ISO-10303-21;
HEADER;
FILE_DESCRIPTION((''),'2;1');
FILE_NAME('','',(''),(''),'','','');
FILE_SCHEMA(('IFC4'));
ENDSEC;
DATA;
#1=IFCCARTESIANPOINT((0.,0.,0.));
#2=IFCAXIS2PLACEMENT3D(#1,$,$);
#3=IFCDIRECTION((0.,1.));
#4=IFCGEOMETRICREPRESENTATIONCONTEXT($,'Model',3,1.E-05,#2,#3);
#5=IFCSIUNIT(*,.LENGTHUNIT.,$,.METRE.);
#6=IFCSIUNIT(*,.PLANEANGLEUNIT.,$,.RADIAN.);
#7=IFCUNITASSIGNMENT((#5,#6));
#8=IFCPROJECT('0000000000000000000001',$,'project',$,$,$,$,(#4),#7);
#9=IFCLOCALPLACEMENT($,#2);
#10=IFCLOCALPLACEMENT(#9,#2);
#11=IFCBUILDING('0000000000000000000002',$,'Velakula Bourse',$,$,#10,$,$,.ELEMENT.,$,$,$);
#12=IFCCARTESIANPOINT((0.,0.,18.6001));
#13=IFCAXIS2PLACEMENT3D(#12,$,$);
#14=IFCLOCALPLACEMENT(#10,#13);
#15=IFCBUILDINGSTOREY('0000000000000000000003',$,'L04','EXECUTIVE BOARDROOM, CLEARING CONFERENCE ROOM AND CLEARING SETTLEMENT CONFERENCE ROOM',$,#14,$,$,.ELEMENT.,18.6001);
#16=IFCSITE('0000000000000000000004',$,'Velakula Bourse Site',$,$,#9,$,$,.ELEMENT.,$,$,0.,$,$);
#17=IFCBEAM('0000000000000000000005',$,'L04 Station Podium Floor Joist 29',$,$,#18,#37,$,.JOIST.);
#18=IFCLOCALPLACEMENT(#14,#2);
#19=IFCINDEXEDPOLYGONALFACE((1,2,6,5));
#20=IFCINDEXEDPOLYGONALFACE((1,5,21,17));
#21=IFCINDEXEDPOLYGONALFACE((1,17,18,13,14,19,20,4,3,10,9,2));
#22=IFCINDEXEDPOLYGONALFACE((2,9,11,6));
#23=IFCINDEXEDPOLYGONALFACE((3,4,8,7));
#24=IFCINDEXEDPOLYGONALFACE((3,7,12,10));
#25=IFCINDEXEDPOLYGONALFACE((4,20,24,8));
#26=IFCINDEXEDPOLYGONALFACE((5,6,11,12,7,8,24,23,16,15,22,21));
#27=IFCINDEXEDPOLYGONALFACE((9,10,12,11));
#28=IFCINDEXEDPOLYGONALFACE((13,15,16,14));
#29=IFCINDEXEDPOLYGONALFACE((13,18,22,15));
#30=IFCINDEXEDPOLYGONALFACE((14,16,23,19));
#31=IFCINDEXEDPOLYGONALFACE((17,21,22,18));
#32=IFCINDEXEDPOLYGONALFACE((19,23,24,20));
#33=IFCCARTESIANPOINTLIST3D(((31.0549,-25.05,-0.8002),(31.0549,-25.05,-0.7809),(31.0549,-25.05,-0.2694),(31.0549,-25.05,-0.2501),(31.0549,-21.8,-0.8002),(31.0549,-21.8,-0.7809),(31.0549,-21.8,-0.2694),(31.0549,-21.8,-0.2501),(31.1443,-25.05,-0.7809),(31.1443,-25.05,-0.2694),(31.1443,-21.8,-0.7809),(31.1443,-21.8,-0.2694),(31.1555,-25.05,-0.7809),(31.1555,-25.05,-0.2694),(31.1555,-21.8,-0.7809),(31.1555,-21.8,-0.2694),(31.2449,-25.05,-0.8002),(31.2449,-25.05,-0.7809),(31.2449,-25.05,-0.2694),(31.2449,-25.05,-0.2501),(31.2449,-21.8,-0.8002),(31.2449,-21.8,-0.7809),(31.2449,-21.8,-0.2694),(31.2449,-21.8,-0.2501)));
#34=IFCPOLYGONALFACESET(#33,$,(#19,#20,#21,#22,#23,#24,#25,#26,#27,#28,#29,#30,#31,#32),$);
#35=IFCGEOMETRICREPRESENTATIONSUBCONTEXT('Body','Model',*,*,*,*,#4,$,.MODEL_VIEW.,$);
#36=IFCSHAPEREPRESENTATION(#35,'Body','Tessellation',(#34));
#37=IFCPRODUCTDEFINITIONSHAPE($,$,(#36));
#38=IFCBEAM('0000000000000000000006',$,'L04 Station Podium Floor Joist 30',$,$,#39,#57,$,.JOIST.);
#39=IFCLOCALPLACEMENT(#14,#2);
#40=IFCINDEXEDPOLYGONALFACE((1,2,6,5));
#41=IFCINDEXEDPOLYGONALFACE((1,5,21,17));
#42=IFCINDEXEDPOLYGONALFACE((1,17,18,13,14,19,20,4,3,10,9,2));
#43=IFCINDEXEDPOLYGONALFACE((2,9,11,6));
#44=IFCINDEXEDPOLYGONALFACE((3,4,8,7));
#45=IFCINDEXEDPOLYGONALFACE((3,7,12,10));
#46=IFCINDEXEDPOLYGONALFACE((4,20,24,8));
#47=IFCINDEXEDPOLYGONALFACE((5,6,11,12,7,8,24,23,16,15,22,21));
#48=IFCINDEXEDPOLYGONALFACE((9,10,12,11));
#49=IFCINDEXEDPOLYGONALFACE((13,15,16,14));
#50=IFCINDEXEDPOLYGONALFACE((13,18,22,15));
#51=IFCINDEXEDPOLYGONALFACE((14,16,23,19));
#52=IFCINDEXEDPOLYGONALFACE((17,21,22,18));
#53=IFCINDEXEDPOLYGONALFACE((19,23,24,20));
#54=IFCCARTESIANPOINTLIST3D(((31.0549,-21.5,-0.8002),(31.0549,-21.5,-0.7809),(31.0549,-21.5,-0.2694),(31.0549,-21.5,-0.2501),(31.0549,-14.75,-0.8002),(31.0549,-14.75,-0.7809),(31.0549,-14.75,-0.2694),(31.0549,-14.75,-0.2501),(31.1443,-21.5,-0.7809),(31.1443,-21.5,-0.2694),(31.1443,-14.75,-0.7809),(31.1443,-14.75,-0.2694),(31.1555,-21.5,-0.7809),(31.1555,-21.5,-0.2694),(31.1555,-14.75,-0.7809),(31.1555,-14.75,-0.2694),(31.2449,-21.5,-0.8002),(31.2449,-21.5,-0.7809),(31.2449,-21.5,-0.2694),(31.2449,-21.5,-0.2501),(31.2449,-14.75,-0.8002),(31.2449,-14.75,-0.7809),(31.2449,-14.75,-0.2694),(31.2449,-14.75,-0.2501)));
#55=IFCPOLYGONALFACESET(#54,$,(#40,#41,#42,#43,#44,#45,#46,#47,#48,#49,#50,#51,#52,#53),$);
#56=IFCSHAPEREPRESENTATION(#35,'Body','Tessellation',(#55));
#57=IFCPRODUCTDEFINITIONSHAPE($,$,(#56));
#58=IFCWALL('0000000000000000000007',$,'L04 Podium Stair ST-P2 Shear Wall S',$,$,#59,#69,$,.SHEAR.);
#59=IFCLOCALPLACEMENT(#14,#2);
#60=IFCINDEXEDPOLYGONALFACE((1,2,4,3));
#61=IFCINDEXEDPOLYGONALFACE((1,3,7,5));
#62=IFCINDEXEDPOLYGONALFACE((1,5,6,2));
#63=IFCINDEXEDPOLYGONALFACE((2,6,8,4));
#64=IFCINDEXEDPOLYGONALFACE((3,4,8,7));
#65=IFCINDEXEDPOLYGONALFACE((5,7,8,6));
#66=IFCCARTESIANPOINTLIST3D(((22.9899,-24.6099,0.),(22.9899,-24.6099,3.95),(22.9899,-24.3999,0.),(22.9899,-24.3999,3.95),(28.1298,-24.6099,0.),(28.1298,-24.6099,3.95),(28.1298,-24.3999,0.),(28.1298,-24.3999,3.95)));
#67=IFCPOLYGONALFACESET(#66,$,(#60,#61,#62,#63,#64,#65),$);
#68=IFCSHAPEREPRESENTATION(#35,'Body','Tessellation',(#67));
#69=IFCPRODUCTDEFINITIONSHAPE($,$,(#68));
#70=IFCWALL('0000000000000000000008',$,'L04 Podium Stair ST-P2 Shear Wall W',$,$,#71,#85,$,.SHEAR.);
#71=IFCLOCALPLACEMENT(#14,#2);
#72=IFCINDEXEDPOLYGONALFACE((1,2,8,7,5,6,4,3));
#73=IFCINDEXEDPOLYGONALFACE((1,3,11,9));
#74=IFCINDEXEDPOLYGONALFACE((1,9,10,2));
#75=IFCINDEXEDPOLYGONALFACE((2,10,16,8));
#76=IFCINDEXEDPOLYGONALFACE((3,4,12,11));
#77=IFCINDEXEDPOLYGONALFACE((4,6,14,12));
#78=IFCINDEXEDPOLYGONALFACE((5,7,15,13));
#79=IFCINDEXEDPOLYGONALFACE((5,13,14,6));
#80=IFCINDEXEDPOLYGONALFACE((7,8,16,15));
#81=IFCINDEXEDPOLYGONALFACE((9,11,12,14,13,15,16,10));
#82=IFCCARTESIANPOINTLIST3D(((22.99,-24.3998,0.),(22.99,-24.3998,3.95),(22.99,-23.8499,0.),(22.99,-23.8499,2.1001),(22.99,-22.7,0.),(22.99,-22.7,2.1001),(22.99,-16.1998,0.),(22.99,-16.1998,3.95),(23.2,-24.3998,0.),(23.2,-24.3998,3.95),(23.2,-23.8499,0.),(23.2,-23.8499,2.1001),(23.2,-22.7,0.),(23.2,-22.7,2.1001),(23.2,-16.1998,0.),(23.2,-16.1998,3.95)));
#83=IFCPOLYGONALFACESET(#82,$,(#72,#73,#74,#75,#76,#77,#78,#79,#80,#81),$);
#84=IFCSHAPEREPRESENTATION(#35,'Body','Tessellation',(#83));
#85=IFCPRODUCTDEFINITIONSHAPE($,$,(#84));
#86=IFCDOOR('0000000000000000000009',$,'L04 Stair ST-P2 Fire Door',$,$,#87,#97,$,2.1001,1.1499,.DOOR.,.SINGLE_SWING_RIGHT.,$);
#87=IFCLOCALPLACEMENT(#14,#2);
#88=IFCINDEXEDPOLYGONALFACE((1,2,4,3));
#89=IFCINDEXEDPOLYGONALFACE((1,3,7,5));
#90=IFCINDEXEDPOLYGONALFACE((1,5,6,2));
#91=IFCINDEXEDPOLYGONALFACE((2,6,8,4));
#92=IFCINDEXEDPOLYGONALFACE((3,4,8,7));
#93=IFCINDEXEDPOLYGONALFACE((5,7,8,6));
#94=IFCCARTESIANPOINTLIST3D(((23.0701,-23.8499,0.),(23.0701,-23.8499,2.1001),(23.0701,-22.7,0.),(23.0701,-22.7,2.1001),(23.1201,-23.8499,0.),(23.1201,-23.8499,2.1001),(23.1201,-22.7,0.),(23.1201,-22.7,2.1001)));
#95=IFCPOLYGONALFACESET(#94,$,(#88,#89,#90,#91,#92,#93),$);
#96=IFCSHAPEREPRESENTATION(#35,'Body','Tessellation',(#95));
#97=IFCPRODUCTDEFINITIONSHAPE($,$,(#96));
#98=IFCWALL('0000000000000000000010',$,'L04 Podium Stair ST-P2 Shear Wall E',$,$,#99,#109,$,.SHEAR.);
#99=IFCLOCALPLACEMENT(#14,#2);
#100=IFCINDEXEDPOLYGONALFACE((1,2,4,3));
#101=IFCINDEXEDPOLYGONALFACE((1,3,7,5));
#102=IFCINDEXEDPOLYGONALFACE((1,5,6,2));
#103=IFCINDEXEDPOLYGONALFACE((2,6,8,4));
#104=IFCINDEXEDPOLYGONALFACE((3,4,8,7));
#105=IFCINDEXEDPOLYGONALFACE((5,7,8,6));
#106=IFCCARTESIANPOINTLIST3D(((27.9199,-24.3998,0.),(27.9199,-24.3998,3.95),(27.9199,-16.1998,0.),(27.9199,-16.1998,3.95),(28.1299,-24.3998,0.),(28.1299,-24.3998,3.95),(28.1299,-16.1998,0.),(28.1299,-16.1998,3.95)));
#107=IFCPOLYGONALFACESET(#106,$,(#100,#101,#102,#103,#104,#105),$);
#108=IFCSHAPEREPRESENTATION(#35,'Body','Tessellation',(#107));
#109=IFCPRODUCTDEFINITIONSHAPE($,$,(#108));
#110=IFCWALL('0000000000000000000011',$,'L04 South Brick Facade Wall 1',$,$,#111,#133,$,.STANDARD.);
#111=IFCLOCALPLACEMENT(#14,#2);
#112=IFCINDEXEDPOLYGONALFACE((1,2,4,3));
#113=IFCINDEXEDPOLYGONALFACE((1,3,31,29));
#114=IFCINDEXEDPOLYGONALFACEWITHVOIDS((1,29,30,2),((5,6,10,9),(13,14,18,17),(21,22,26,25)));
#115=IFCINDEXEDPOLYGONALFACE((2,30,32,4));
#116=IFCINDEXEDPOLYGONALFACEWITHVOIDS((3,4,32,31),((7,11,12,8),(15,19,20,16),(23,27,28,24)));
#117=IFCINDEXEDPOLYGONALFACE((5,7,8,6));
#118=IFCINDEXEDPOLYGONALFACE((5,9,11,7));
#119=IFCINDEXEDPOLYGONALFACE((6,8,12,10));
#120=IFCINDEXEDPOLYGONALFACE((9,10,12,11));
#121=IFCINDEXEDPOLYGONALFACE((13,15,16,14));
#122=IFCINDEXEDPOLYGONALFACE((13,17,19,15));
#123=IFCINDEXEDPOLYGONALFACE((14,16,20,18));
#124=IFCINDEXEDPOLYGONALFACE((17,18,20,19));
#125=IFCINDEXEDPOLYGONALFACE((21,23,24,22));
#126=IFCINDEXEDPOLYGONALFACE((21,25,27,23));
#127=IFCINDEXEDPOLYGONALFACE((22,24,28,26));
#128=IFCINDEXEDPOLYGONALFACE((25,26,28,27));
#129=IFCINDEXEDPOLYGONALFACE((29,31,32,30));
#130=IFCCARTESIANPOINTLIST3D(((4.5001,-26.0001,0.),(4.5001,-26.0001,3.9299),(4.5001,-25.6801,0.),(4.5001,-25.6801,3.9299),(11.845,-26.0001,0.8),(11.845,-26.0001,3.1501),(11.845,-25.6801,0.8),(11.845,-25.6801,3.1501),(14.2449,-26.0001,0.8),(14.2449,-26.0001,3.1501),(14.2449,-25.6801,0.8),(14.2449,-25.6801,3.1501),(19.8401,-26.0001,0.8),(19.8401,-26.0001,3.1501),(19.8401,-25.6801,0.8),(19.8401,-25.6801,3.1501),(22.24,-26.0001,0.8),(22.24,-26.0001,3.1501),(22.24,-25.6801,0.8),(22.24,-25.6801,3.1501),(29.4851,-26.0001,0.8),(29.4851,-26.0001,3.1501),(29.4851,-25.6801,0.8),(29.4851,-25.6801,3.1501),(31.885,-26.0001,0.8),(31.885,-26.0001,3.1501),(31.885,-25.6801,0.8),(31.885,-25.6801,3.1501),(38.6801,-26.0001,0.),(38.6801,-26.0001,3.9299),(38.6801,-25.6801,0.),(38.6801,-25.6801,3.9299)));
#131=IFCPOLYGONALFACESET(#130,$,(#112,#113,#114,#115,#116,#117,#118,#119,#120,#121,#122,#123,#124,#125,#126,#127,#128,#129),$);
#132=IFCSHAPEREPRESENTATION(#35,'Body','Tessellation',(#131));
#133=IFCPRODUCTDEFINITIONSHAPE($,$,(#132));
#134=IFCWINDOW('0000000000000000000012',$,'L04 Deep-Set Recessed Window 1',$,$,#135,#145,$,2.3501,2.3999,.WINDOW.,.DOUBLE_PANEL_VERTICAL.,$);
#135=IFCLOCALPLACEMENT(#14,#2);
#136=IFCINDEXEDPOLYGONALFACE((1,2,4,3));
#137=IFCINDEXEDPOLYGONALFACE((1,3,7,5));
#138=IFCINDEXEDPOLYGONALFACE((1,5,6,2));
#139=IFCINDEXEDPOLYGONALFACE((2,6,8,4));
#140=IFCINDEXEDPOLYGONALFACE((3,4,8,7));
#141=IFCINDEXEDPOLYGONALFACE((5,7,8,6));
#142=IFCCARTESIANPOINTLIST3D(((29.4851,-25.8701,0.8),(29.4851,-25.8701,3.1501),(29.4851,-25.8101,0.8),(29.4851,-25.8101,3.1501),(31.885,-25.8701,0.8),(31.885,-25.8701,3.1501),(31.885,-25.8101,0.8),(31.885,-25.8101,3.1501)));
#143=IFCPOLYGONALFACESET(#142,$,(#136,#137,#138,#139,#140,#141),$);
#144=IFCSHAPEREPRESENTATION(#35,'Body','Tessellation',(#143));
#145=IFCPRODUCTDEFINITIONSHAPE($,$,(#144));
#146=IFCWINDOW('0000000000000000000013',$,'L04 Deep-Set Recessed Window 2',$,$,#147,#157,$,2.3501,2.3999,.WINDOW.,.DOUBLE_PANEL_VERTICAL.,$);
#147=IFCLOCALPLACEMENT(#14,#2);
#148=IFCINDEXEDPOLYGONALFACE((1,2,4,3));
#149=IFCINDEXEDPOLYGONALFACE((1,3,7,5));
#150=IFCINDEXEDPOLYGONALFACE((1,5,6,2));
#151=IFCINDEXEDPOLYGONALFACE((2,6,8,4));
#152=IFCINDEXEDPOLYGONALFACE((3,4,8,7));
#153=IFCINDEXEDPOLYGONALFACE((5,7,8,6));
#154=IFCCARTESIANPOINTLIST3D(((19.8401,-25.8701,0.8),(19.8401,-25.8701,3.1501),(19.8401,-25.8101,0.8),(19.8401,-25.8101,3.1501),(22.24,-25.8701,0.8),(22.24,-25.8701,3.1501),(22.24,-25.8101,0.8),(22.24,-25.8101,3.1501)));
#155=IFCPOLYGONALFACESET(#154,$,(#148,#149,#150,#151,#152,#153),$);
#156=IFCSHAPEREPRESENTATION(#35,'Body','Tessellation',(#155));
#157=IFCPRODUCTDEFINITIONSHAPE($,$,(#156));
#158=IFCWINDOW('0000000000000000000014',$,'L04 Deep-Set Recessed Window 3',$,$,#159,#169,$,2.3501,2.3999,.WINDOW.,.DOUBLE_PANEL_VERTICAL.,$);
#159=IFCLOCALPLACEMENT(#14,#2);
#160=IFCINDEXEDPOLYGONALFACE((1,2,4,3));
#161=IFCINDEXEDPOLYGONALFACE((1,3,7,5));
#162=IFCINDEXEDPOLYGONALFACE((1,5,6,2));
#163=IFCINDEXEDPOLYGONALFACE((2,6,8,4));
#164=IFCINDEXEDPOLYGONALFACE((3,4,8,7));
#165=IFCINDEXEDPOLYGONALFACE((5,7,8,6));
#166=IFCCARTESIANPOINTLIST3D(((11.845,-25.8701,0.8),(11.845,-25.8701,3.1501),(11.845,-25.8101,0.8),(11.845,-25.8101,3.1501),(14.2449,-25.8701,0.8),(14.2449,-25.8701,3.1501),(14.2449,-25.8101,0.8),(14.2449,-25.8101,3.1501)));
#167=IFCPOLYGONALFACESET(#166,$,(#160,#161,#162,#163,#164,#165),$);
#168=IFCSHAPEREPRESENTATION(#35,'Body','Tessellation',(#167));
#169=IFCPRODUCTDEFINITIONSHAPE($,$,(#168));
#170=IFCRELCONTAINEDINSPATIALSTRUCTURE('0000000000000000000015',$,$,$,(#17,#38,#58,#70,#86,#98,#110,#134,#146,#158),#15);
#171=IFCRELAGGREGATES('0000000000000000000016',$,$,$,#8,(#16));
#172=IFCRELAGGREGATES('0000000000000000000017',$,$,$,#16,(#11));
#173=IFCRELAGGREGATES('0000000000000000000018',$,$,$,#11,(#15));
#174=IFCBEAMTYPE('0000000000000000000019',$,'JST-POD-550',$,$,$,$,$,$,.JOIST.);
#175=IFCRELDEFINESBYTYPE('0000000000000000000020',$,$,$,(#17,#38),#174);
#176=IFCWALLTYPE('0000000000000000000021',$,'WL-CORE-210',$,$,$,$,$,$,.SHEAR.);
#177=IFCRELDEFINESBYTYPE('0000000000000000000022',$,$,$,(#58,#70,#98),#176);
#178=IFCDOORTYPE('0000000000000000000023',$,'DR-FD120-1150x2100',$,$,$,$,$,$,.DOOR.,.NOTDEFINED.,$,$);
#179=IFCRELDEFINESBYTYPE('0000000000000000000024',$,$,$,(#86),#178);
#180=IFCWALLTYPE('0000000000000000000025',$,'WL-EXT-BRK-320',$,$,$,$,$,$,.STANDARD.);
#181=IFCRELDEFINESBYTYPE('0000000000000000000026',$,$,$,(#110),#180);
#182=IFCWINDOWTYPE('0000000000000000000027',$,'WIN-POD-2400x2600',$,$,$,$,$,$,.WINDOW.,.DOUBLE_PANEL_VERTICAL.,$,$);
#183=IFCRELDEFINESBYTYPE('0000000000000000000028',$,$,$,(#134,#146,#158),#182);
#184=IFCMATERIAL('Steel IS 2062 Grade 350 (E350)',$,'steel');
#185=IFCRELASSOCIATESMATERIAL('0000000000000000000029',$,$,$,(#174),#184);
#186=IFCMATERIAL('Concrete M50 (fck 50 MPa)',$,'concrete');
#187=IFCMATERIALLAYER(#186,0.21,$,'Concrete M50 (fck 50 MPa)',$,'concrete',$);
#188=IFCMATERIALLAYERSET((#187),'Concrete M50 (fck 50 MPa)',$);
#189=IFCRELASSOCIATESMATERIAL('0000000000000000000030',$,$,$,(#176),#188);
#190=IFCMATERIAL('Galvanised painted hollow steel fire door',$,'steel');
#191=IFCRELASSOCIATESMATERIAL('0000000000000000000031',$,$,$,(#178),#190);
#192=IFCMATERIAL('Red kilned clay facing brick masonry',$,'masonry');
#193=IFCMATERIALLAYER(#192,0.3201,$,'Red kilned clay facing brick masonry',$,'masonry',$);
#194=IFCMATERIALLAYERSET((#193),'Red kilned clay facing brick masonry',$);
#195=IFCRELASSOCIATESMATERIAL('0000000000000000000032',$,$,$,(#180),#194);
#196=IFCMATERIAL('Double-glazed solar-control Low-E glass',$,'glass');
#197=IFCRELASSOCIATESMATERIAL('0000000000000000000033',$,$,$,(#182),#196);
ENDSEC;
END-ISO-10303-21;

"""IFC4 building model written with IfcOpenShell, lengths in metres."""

from ifc_helpers import new_model, si_unit, direction, frame, frame_2d, origin, origin_2d, place, context, subcontext, project, spatial, rectangle, i_section, extrude, material, layer, layer_set, material_profile, profile_set, type_object, element, fill, save


model = new_model("IFC4")

# Units and contexts
model_context = context("Model", 3, precision=1e-05, world=origin(), true_north=direction((0.0, 1.0)))
body_context = subcontext(model_context, "Body", "Model", "MODEL_VIEW")
ifc_project = project(units=[si_unit("LENGTHUNIT", "METRE"), si_unit("PLANEANGLEUNIT", "RADIAN")], contexts=[model_context])

# Site, building, storey
site_placement = place(None, origin())
site = spatial("IfcSite", under=ifc_project, at=site_placement, Name="Velakula Bourse Site", CompositionType="ELEMENT", RefElevation=0.0)
building_placement = place(site_placement, origin())
building = spatial("IfcBuilding", under=site, at=building_placement, Name="Velakula Bourse", CompositionType="ELEMENT")
storey_placement = place(building_placement, frame((0.0, 0.0, 18.6001)))
storey = spatial("IfcBuildingStorey", under=building, at=storey_placement, Name="L04", Description="EXECUTIVE BOARDROOM, CLEARING CONFERENCE ROOM AND CLEARING SETTLEMENT CONFERENCE ROOM", CompositionType="ELEMENT", Elevation=18.6001)

# Beams
ifc_material_1 = material(Name="Steel IS 2062 Grade 350 (E350)", Category="steel")
ifc_material_profile_1 = material_profile(ifc_material_1, i_section(OverallWidth=0.1899, OverallDepth=0.55, WebThickness=0.0112, FlangeThickness=0.0193, at=origin_2d()), Name="Steel IS 2062 Grade 350 (E350)")
ifc_profile_set_1 = profile_set([ifc_material_profile_1], Name="Steel IS 2062 Grade 350 (E350)")
beam_type_1 = type_object("IfcBeamType", Name="JST-POD-550", PredefinedType="JOIST", material=ifc_profile_set_1)
beam_1_placement = place(storey_placement, frame((31.1499, -25.05, -0.5251), z_axis=(0.0, 1.0, 0.0), x_axis=(-1.0, 0.0, 0.0)))
element("IfcBeam", 1, at=beam_1_placement, inside=storey, type_object=beam_type_1, Name="L04 Station Podium Floor Joist 29", PredefinedType="JOIST", context=body_context, shape_type="SweptSolid", body=[
    extrude(i_section(OverallWidth=0.1899, OverallDepth=0.55, WebThickness=0.0112, FlangeThickness=0.0193, at=origin_2d()), origin(), (0.0, 0.0, 1.0), 3.25),
])
beam_2_placement = place(storey_placement, frame((31.1499, -21.5, -0.5251), z_axis=(0.0, 1.0, 0.0), x_axis=(-1.0, 0.0, 0.0)))
element("IfcBeam", 2, at=beam_2_placement, inside=storey, type_object=beam_type_1, Name="L04 Station Podium Floor Joist 30", PredefinedType="JOIST", context=body_context, shape_type="SweptSolid", body=[
    extrude(i_section(OverallWidth=0.1899, OverallDepth=0.55, WebThickness=0.0112, FlangeThickness=0.0193, at=origin_2d()), origin(), (0.0, 0.0, 1.0), 6.75),
])

# Wall
ifc_material_2 = material(Name="Concrete M50 (fck 50 MPa)", Category="concrete")
ifc_layer_1 = layer(ifc_material_2, 0.21, Name="Concrete M50 (fck 50 MPa)", Category="concrete")
ifc_layer_set_1 = layer_set([ifc_layer_1], Name="Concrete M50 (fck 50 MPa)")
wall_type_1 = type_object("IfcWallType", Name="WL-CORE-210", PredefinedType="SHEAR", material=ifc_layer_set_1)
wall_1_placement = place(storey_placement, frame((22.99, -24.5049, 0.0), z_axis=(0.0, 0.0, 1.0), x_axis=(1.0, 0.0, 0.0)))
element("IfcWall", 3, at=wall_1_placement, inside=storey, type_object=wall_type_1, Name="L04 Podium Stair ST-P2 Shear Wall S", PredefinedType="SHEAR", context=body_context, shape_type="SweptSolid", body=[
    extrude(rectangle(XDim=5.1399, YDim=0.21, at=frame_2d((2.5698, 0.0))), origin(), (0.0, 0.0, 1.0), 3.95),
])

# Wall, opening, door
wall_2_placement = place(storey_placement, frame((23.095, -24.3999, 0.0), z_axis=(0.0, 0.0, 1.0), x_axis=(0.0, 1.0, 0.0)))
wall_2 = element("IfcWall", 4, at=wall_2_placement, inside=storey, type_object=wall_type_1, Name="L04 Podium Stair ST-P2 Shear Wall W", PredefinedType="SHEAR", context=body_context, shape_type="SweptSolid", body=[
    extrude(rectangle(XDim=8.2, YDim=0.21, at=frame_2d((4.1001, 0.0))), origin(), (0.0, 0.0, 1.0), 3.95),
])
opening_1_placement = place(wall_2_placement, frame((0.55, 0.0, 0.0)))
opening_1 = element("IfcOpeningElement", 5, at=opening_1_placement, cuts=wall_2, PredefinedType="OPENING", context=body_context, shape_type="SweptSolid", body=[
    extrude(rectangle(XDim=1.1499, YDim=2.1001, at=frame_2d((0.575, 1.05))), frame((0.0, 0.115, 0.0), z_axis=(0.0, -1.0, 0.0), x_axis=(1.0, 0.0, 0.0)), (0.0, 0.0, 1.0), 0.23),
])
ifc_material_3 = material(Name="Galvanised painted hollow steel fire door", Category="steel")
door_type = type_object("IfcDoorType", Name="DR-FD120-1150x2100", OperationType="NOTDEFINED", PredefinedType="DOOR", material=ifc_material_3)
door_placement = place(opening_1_placement, origin())
door = element("IfcDoor", 6, at=door_placement, inside=storey, type_object=door_type, Name="L04 Stair ST-P2 Fire Door", OperationType="SINGLE_SWING_RIGHT", OverallHeight=2.1001, OverallWidth=1.1499, PredefinedType="DOOR", context=body_context, shape_type="SweptSolid", body=[
    extrude(rectangle(XDim=1.1499, YDim=2.1001, at=frame_2d((0.575, 1.05))), frame((0.0, 0.0249, 0.0), z_axis=(0.0, -1.0, 0.0), x_axis=(1.0, 0.0, 0.0)), (0.0, 0.0, 1.0), 0.05),
])
fill(opening_1, door)

# Wall
wall_3_placement = place(storey_placement, frame((28.0249, -24.3999, 0.0), z_axis=(0.0, 0.0, 1.0), x_axis=(0.0, 1.0, 0.0)))
element("IfcWall", 7, at=wall_3_placement, inside=storey, type_object=wall_type_1, Name="L04 Podium Stair ST-P2 Shear Wall E", PredefinedType="SHEAR", context=body_context, shape_type="SweptSolid", body=[
    extrude(rectangle(XDim=8.2, YDim=0.21, at=frame_2d((4.1001, 0.0))), origin(), (0.0, 0.0, 1.0), 3.95),
])

# Wall, openings, windows
ifc_material_4 = material(Name="Red kilned clay facing brick masonry", Category="masonry")
ifc_layer_2 = layer(ifc_material_4, 0.3201, Name="Red kilned clay facing brick masonry", Category="masonry")
ifc_layer_set_2 = layer_set([ifc_layer_2], Name="Red kilned clay facing brick masonry")
wall_type_2 = type_object("IfcWallType", Name="WL-EXT-BRK-320", PredefinedType="STANDARD", material=ifc_layer_set_2)
wall_4_placement = place(storey_placement, frame((38.6799, -25.8401, 0.0), z_axis=(0.0, 0.0, 1.0), x_axis=(-1.0, 0.0, 0.0)))
wall_4 = element("IfcWall", 8, at=wall_4_placement, inside=storey, type_object=wall_type_2, Name="L04 South Brick Facade Wall 1", PredefinedType="STANDARD", context=body_context, shape_type="SweptSolid", body=[
    extrude(rectangle(XDim=34.1799, YDim=0.3201, at=frame_2d((17.0898, 0.0))), origin(), (0.0, 0.0, 1.0), 3.9299),
])
opening_2_placement = place(wall_4_placement, frame((6.7949, 0.0, 0.8)))
opening_2 = element("IfcOpeningElement", 9, at=opening_2_placement, cuts=wall_4, PredefinedType="OPENING", context=body_context, shape_type="SweptSolid", body=[
    extrude(rectangle(XDim=2.3999, YDim=2.3501, at=frame_2d((1.2, 1.175))), frame((0.0, 0.1699, 0.0), z_axis=(0.0, -1.0, 0.0), x_axis=(1.0, 0.0, 0.0)), (0.0, 0.0, 1.0), 0.3401),
])
opening_3_placement = place(wall_4_placement, frame((16.4399, 0.0, 0.8)))
opening_3 = element("IfcOpeningElement", 10, at=opening_3_placement, cuts=wall_4, PredefinedType="OPENING", context=body_context, shape_type="SweptSolid", body=[
    extrude(rectangle(XDim=2.3999, YDim=2.3501, at=frame_2d((1.2, 1.175))), frame((0.0, 0.1699, 0.0), z_axis=(0.0, -1.0, 0.0), x_axis=(1.0, 0.0, 0.0)), (0.0, 0.0, 1.0), 0.3401),
])
opening_4_placement = place(wall_4_placement, frame((24.4351, 0.0, 0.8)))
opening_4 = element("IfcOpeningElement", 11, at=opening_4_placement, cuts=wall_4, PredefinedType="OPENING", context=body_context, shape_type="SweptSolid", body=[
    extrude(rectangle(XDim=2.3999, YDim=2.3501, at=frame_2d((1.2, 1.175))), frame((0.0, 0.1699, 0.0), z_axis=(0.0, -1.0, 0.0), x_axis=(1.0, 0.0, 0.0)), (0.0, 0.0, 1.0), 0.3401),
])
ifc_material_5 = material(Name="Double-glazed solar-control Low-E glass", Category="glass")
window_type = type_object("IfcWindowType", Name="WIN-POD-2400x2600", PartitioningType="DOUBLE_PANEL_VERTICAL", PredefinedType="WINDOW", material=ifc_material_5)
window_1_placement = place(opening_2_placement, origin())
window_1 = element("IfcWindow", 12, at=window_1_placement, inside=storey, type_object=window_type, Name="L04 Deep-Set Recessed Window 1", OverallHeight=2.3501, OverallWidth=2.3999, PartitioningType="DOUBLE_PANEL_VERTICAL", PredefinedType="WINDOW", context=body_context, shape_type="SweptSolid", body=[
    extrude(rectangle(XDim=2.3999, YDim=2.3501, at=frame_2d((1.2, 1.175))), frame((0.0, 0.03, 0.0), z_axis=(0.0, -1.0, 0.0), x_axis=(1.0, 0.0, 0.0)), (0.0, 0.0, 1.0), 0.0601),
])
fill(opening_2, window_1)
window_2_placement = place(opening_3_placement, origin())
window_2 = element("IfcWindow", 13, at=window_2_placement, inside=storey, type_object=window_type, Name="L04 Deep-Set Recessed Window 2", OverallHeight=2.3501, OverallWidth=2.3999, PartitioningType="DOUBLE_PANEL_VERTICAL", PredefinedType="WINDOW", context=body_context, shape_type="SweptSolid", body=[
    extrude(rectangle(XDim=2.3999, YDim=2.3501, at=frame_2d((1.2, 1.175))), frame((0.0, 0.03, 0.0), z_axis=(0.0, -1.0, 0.0), x_axis=(1.0, 0.0, 0.0)), (0.0, 0.0, 1.0), 0.0601),
])
fill(opening_3, window_2)
window_3_placement = place(opening_4_placement, origin())
window_3 = element("IfcWindow", 14, at=window_3_placement, inside=storey, type_object=window_type, Name="L04 Deep-Set Recessed Window 3", OverallHeight=2.3501, OverallWidth=2.3999, PartitioningType="DOUBLE_PANEL_VERTICAL", PredefinedType="WINDOW", context=body_context, shape_type="SweptSolid", body=[
    extrude(rectangle(XDim=2.3999, YDim=2.3501, at=frame_2d((1.2, 1.175))), frame((0.0, 0.03, 0.0), z_axis=(0.0, -1.0, 0.0), x_axis=(1.0, 0.0, 0.0)), (0.0, 0.0, 1.0), 0.0601),
])
fill(opening_4, window_3)

save(model, "model.ifc")
